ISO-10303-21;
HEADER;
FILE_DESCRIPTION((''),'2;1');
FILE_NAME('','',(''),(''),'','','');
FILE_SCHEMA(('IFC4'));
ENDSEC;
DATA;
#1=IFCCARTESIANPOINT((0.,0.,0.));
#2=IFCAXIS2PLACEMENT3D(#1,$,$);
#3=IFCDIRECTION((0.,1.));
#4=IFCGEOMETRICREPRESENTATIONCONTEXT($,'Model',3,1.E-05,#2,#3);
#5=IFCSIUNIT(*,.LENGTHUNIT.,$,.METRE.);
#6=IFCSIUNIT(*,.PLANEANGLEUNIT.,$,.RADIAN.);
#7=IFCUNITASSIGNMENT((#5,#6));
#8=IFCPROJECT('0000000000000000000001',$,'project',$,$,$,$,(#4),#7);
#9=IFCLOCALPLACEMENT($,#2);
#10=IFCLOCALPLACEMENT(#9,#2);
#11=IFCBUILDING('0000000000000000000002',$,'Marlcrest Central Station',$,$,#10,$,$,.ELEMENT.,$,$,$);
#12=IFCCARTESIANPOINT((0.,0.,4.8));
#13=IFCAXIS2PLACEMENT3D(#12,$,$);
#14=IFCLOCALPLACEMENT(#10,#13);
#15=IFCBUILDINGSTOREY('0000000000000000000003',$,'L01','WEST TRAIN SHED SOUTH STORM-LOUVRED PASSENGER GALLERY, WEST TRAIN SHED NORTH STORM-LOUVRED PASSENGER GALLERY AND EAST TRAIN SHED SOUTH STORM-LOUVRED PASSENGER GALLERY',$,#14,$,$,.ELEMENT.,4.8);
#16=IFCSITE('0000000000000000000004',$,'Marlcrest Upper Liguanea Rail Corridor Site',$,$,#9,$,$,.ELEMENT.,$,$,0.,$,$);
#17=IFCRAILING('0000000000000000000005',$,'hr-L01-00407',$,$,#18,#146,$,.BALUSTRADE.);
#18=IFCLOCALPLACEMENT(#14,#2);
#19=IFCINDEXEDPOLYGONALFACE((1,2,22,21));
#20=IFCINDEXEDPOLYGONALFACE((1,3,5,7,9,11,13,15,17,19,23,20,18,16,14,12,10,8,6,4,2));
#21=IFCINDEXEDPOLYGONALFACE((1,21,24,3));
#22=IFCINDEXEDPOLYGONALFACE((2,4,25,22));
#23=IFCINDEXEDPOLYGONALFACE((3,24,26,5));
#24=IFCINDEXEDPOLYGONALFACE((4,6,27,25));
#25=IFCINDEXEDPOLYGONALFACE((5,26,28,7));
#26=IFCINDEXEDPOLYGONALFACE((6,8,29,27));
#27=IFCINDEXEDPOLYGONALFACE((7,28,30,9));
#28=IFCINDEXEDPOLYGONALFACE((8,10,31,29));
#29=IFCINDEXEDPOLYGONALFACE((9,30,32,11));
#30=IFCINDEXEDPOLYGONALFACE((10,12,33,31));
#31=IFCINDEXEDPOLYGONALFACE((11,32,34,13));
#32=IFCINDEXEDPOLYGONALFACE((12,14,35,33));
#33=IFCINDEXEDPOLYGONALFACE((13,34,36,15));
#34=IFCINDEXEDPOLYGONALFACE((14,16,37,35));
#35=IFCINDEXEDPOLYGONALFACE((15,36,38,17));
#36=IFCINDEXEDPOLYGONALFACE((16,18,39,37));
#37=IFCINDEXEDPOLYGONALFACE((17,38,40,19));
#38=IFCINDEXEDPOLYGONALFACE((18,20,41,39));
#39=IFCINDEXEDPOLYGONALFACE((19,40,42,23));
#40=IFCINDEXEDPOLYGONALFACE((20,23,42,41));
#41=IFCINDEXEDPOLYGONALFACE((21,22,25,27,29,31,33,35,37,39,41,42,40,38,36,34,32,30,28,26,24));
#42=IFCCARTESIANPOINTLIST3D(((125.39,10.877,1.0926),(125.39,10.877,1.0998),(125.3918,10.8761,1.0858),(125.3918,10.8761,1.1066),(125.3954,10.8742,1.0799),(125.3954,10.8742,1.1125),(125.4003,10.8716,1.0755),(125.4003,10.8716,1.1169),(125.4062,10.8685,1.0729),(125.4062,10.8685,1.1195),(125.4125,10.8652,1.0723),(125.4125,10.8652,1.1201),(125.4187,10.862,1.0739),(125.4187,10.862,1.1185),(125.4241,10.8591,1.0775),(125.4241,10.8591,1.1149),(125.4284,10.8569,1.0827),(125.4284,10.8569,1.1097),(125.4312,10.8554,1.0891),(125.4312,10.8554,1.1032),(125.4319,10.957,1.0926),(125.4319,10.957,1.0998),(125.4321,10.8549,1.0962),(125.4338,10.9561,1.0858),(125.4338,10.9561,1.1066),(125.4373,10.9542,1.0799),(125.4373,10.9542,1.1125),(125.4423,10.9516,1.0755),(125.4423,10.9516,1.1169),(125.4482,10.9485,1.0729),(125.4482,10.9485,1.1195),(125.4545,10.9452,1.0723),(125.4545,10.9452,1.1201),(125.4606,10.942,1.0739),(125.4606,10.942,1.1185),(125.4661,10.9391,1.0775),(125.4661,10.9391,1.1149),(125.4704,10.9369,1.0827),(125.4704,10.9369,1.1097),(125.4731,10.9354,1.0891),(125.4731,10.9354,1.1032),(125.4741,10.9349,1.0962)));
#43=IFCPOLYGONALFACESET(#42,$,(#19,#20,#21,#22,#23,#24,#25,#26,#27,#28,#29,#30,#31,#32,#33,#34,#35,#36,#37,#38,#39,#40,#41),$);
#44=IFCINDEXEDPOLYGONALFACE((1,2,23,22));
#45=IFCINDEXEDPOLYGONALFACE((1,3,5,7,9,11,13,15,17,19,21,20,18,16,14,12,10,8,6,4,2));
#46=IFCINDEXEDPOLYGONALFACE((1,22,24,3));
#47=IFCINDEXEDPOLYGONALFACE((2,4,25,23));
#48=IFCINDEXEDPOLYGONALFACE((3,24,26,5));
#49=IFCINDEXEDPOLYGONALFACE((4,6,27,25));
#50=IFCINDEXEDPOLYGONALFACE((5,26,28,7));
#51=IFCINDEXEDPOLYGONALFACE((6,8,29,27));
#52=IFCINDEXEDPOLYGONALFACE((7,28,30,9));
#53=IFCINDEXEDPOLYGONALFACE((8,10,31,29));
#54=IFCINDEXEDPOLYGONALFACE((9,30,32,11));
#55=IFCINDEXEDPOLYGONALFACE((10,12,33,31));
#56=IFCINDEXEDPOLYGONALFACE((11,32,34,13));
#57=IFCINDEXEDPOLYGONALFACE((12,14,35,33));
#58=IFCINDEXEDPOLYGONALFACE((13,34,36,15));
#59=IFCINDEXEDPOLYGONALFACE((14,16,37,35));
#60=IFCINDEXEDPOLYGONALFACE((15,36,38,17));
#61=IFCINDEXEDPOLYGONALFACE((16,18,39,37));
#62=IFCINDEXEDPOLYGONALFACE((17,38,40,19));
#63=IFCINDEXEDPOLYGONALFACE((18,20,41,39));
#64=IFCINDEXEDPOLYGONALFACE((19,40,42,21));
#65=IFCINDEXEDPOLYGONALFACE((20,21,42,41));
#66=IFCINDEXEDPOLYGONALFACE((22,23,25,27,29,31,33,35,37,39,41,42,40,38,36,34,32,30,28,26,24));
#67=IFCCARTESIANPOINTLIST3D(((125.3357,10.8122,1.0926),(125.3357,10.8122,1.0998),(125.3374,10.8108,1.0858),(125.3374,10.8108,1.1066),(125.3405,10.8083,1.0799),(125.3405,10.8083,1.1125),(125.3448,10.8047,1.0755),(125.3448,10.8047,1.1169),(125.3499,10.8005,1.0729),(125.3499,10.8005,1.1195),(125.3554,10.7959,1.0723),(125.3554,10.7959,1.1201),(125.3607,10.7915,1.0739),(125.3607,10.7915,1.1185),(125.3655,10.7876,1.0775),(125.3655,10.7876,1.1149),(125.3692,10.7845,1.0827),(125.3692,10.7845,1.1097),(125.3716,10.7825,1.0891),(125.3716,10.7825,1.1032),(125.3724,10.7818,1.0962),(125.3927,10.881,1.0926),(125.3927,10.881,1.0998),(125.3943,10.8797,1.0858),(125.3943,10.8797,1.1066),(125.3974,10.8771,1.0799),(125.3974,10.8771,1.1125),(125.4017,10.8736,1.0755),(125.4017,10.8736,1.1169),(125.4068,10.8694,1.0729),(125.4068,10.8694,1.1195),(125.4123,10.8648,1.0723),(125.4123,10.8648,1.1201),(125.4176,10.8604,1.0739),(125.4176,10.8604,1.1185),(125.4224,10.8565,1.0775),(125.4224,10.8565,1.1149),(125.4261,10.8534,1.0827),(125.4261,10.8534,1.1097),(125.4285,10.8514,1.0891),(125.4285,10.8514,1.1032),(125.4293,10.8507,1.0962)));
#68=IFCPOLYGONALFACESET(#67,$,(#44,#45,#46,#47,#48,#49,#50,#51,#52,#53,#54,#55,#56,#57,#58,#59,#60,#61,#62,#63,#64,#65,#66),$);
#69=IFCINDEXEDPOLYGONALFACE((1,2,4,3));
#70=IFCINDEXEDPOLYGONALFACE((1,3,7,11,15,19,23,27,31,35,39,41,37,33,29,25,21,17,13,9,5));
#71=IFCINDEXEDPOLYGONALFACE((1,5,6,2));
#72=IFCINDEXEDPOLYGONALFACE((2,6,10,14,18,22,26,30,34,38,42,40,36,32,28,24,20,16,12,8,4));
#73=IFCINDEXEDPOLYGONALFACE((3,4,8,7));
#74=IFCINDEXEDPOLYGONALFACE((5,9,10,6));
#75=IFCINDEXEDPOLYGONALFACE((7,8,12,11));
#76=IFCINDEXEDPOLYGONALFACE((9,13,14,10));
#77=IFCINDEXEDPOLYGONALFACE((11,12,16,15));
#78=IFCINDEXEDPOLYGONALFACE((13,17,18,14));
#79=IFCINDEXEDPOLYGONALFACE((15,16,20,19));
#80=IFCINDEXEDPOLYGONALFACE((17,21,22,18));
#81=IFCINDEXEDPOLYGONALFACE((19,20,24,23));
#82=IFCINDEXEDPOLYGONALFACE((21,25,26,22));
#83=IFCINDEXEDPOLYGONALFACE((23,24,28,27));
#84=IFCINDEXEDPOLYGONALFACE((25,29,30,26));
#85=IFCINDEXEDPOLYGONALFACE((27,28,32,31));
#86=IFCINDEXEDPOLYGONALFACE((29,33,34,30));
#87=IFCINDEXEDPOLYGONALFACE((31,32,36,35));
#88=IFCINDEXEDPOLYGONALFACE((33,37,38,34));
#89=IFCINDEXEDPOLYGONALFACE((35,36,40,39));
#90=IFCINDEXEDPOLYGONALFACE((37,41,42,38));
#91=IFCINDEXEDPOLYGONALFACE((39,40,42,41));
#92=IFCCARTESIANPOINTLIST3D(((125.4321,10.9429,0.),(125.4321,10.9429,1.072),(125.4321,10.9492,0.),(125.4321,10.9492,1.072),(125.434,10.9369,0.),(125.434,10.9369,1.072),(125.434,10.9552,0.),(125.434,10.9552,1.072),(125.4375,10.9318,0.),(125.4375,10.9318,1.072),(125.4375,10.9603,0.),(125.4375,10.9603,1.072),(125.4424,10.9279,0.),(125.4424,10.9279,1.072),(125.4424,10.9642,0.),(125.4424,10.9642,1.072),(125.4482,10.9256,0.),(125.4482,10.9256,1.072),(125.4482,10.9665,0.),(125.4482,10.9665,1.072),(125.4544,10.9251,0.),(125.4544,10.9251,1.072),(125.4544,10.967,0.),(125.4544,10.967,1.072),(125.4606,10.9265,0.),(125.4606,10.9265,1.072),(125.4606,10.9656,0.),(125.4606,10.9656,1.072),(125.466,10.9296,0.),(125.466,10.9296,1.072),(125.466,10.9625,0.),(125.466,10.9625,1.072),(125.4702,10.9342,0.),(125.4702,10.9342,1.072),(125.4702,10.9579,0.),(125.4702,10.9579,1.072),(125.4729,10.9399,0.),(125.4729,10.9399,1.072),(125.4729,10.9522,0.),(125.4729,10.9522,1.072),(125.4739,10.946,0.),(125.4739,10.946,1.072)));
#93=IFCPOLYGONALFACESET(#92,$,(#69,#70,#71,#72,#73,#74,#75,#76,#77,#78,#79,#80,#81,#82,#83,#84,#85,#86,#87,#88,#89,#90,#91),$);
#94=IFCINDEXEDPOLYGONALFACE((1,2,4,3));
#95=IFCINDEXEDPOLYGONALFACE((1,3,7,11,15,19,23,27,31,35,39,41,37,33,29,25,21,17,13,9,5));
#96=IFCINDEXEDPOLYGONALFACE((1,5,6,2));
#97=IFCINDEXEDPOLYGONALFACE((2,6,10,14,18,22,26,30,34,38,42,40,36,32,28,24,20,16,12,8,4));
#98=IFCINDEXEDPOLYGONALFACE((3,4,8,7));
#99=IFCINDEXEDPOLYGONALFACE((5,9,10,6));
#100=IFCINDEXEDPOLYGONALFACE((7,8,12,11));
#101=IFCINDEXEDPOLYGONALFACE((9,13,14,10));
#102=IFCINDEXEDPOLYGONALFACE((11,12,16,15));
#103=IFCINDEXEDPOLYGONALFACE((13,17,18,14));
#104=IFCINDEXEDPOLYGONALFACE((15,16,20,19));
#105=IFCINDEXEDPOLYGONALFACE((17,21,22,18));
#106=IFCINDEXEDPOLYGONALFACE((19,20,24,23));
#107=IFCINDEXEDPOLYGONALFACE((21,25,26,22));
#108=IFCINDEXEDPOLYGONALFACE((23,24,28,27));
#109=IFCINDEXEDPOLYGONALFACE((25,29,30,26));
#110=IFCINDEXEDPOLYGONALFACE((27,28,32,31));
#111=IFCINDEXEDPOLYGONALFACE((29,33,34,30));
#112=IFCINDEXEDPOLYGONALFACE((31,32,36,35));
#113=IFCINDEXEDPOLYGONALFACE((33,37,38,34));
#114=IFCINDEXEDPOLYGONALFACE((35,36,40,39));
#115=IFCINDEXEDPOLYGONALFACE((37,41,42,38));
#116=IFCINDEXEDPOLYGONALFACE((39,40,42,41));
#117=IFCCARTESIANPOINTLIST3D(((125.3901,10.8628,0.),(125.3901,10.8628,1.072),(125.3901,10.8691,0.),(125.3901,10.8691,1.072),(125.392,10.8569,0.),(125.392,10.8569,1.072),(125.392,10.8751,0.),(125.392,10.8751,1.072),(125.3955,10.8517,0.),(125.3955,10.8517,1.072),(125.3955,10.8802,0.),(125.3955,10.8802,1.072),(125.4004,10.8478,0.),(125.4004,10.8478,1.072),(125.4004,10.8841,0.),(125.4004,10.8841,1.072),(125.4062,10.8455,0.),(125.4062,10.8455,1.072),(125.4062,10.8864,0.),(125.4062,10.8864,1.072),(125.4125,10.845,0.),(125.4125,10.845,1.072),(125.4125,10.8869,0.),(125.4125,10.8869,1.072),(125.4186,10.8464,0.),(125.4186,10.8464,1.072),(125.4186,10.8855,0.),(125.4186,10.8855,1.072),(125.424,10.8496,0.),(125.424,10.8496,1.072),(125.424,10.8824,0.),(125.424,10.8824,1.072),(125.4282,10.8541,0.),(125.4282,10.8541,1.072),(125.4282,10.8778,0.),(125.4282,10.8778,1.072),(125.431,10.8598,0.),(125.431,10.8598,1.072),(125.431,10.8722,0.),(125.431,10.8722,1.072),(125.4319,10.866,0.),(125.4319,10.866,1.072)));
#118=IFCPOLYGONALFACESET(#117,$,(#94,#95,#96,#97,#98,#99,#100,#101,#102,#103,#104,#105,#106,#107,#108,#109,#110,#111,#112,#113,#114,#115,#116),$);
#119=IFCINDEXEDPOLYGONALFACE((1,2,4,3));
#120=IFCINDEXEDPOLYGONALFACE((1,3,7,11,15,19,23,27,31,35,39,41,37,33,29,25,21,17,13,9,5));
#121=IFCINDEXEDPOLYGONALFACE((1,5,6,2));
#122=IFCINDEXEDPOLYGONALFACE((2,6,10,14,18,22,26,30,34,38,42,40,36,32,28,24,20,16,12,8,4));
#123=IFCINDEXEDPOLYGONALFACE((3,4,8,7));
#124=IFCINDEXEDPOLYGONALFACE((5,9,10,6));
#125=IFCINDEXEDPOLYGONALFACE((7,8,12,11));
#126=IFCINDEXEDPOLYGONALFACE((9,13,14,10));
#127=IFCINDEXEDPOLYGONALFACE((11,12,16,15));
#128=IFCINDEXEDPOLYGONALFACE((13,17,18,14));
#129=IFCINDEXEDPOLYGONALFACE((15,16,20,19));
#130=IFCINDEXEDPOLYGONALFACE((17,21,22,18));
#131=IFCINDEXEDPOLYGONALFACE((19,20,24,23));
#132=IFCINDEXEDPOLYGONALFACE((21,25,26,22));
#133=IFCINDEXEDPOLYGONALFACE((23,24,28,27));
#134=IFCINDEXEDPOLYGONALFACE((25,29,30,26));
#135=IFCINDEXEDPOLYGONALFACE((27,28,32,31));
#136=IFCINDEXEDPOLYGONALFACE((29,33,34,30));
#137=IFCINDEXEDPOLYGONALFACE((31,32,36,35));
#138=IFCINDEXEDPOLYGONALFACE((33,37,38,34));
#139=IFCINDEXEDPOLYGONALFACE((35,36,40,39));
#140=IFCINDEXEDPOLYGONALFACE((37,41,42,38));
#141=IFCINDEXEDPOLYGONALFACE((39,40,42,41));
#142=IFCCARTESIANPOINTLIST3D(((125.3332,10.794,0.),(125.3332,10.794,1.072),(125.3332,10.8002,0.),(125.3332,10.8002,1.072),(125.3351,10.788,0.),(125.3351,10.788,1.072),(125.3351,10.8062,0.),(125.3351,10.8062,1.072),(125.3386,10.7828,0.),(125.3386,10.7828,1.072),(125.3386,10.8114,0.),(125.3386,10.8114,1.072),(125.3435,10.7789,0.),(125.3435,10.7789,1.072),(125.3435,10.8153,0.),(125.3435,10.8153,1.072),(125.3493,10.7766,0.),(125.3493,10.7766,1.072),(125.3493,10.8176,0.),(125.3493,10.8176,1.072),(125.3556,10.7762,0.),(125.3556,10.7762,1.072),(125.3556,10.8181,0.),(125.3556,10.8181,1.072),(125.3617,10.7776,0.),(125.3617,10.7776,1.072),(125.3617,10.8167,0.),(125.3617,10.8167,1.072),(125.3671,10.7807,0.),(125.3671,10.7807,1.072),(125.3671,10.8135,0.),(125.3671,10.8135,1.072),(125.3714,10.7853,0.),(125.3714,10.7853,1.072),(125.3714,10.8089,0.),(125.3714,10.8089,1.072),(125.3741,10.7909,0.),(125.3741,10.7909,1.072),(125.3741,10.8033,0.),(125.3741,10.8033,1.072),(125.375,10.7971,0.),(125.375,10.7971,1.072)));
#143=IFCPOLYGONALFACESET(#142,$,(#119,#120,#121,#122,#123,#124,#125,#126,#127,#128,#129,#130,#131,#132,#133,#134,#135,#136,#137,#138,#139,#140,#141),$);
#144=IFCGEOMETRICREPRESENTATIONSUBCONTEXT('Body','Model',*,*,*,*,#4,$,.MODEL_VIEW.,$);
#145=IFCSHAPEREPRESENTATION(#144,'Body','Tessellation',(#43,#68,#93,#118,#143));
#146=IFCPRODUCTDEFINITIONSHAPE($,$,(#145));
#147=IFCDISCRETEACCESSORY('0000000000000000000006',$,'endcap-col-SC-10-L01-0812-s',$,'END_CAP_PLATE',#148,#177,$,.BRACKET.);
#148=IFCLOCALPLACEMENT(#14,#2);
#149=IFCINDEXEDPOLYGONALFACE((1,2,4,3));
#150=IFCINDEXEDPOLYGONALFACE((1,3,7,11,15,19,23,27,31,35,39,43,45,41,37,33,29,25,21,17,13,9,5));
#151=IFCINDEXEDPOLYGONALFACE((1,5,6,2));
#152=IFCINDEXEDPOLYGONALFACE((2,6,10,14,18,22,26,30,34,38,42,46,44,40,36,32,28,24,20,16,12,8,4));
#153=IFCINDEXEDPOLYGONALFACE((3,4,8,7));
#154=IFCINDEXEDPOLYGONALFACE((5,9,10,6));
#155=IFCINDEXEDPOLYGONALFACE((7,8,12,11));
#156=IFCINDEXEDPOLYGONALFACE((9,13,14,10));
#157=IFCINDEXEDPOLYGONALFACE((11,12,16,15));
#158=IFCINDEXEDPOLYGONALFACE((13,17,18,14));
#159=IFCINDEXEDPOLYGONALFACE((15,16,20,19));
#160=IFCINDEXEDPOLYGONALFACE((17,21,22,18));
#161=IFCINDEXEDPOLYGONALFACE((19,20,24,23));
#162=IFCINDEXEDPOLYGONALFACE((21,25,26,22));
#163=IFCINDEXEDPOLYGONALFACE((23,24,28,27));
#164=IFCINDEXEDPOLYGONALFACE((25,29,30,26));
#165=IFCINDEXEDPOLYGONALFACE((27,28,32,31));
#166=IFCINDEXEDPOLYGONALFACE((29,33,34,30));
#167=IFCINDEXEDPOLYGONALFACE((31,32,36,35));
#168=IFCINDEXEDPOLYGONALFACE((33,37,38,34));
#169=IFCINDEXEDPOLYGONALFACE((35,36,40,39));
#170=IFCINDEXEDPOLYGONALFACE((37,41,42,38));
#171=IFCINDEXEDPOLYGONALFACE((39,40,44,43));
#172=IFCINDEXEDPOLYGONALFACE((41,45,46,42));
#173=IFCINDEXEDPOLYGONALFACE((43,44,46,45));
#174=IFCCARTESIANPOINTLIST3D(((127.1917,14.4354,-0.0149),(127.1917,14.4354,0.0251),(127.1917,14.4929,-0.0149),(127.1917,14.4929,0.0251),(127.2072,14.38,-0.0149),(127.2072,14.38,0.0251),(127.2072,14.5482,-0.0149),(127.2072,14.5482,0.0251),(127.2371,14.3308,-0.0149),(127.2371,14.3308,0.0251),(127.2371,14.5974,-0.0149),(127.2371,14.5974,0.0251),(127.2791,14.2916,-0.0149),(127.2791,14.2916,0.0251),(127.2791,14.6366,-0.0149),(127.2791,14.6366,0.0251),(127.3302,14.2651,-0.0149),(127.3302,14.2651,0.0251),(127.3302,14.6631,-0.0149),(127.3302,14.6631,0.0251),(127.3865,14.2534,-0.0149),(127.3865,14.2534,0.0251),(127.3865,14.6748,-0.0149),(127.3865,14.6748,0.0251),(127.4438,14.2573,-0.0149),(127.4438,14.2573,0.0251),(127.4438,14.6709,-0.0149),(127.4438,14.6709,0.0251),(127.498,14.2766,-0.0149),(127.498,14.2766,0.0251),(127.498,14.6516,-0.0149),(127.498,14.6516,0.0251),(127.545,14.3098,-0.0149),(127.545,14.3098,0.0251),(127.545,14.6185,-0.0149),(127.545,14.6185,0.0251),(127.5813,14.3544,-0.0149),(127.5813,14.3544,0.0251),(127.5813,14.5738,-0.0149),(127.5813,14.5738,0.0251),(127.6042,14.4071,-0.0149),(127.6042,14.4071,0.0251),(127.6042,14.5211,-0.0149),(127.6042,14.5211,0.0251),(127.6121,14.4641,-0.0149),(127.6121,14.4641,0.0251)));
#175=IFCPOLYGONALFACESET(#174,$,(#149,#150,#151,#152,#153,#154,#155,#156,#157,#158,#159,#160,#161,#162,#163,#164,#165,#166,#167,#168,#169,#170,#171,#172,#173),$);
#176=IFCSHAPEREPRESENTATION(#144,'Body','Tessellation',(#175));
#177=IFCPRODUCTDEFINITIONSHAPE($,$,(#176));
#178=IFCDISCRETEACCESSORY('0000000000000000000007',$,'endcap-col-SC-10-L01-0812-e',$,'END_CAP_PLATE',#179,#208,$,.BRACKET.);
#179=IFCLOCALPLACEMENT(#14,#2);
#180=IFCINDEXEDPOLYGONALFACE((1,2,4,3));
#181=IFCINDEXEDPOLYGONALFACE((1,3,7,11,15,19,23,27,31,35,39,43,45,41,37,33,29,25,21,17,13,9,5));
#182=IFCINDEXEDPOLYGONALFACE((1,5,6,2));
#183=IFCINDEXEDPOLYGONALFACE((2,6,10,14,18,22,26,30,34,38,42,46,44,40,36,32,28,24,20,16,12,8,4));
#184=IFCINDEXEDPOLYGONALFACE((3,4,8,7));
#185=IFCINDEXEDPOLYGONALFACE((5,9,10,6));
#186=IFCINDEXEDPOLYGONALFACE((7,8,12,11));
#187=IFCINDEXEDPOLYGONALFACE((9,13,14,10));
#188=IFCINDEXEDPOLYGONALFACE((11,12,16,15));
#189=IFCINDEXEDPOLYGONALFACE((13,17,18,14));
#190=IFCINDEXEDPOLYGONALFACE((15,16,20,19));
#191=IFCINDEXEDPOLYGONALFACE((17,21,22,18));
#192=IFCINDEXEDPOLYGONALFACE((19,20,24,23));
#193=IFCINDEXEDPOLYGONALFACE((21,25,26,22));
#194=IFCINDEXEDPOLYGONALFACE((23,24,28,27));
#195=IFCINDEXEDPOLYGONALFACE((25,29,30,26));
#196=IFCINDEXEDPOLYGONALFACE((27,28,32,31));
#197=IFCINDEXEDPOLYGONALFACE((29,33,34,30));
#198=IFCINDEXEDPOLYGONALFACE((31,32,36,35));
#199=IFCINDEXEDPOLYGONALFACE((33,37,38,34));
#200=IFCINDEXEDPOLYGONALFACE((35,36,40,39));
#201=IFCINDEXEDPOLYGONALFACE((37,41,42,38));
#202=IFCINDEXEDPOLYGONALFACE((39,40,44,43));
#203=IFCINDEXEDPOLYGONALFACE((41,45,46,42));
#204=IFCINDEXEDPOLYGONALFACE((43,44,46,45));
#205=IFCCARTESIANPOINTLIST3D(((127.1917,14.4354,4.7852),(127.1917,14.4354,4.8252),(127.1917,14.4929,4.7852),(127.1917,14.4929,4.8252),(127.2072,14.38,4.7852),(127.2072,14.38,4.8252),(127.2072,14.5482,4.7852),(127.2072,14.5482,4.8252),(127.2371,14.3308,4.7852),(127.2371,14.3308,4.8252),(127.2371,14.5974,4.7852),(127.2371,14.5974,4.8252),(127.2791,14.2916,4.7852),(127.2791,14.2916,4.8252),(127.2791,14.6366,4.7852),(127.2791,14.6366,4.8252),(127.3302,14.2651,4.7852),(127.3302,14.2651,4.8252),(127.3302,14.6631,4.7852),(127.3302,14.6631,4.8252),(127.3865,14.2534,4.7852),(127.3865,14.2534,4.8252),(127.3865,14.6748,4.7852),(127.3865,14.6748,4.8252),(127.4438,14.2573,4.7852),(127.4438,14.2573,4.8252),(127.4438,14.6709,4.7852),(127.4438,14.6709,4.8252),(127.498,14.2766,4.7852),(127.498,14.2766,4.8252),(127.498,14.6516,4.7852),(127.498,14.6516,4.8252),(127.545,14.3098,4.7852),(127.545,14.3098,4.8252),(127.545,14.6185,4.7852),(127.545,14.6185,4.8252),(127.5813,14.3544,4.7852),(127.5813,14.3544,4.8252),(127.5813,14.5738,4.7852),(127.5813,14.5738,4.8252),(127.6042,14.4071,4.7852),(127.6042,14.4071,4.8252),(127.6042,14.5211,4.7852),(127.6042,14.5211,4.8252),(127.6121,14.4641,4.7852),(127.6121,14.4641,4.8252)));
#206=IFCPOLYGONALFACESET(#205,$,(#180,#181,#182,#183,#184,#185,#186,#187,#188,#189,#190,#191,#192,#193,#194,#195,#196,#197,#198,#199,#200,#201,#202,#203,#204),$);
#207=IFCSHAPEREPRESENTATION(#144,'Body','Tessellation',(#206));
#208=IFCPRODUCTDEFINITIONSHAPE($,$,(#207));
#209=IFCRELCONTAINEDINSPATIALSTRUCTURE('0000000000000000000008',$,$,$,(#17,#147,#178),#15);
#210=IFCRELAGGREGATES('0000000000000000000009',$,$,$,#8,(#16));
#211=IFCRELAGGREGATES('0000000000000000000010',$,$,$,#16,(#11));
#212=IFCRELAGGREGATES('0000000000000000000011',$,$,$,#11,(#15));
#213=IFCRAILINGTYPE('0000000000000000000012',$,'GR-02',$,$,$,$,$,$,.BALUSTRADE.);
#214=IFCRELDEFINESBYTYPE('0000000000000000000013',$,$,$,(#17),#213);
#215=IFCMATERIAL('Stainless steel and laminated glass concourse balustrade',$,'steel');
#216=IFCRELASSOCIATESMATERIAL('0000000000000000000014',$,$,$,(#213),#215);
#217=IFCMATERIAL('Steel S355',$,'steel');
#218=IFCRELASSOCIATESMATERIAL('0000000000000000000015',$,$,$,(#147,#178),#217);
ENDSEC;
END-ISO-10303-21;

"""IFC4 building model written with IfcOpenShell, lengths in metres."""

from ifc_helpers import new_model, si_unit, direction, frame, origin, origin_2d, place, context, subcontext, project, spatial, circle, extrude, material, type_object, element, save


model = new_model("IFC4")

# Units and contexts
model_context = context("Model", 3, precision=1e-05, world=origin(), true_north=direction((0.0, 1.0)))
body_context = subcontext(model_context, "Body", "Model", "MODEL_VIEW")
ifc_project = project(units=[si_unit("LENGTHUNIT", "METRE"), si_unit("PLANEANGLEUNIT", "RADIAN")], contexts=[model_context])

# Site, building, storey
site_placement = place(None, origin())
site = spatial("IfcSite", under=ifc_project, at=site_placement, Name="Marlcrest Upper Liguanea Rail Corridor Site", CompositionType="ELEMENT", RefElevation=0.0)
building_placement = place(site_placement, origin())
building = spatial("IfcBuilding", under=site, at=building_placement, Name="Marlcrest Central Station", CompositionType="ELEMENT")
storey_placement = place(building_placement, frame((0.0, 0.0, 4.8)))
storey = spatial("IfcBuildingStorey", under=building, at=storey_placement, Name="L01", Description="WEST TRAIN SHED SOUTH STORM-LOUVRED PASSENGER GALLERY, WEST TRAIN SHED NORTH STORM-LOUVRED PASSENGER GALLERY AND EAST TRAIN SHED SOUTH STORM-LOUVRED PASSENGER GALLERY", CompositionType="ELEMENT", Elevation=4.8)

# Shared definitions
ifc_material_1 = material(Name="Steel S355", Category="steel")

# Railing
ifc_material_2 = material(Name="Stainless steel and laminated glass concourse balustrade", Category="steel")
railing_type = type_object("IfcRailingType", Name="GR-02", PredefinedType="BALUSTRADE", material=ifc_material_2)
railing_placement = place(storey_placement, frame((125.4529, 10.946, 0.0)))
element("IfcRailing", 1, at=railing_placement, inside=storey, type_object=railing_type, Name="hr-L01-00407", PredefinedType="BALUSTRADE", context=body_context, shape_type="SweptSolid", body=[
    extrude(circle(Radius=0.0239, at=origin_2d()), frame((0.0, 0.0, 1.0962), z_axis=(-0.464411, -0.88562, 0.0), x_axis=(0.88562, -0.464411, 0.0)), (0.0, 0.0, 1.0), 0.0903),
    extrude(circle(Radius=0.0239, at=origin_2d()), frame((-0.042, -0.0801, 1.0962), z_axis=(-0.636952, -0.770903, 0.0), x_axis=(0.770903, -0.636952, 0.0)), (0.0, 0.0, 1.0), 0.0894),
    extrude(circle(Radius=0.021, at=origin_2d()), origin(), (0.0, 0.0, 1.0), 1.072),
    extrude(circle(Radius=0.021, at=origin_2d()), frame((-0.042, -0.0801, 0.0)), (0.0, 0.0, 1.0), 1.072),
    extrude(circle(Radius=0.021, at=origin_2d()), frame((-0.0989, -0.1489, 0.0)), (0.0, 0.0, 1.0), 1.072),
])

# Discrete accessories
for number, where, z_axis, x_axis, name in (
    (2, (127.4009, 14.4641, -0.0149), (0.0, 0.0, 1.0), (1.0, 0.0, 0.0), "endcap-col-SC-10-L01-0812-s"),
    (3, (127.4009, 14.4641, 4.7852), (0.0, 0.0, 1.0), (1.0, 0.0, 0.0), "endcap-col-SC-10-L01-0812-e"),
):
    element("IfcDiscreteAccessory", number, at=place(storey_placement, frame(where, z_axis=z_axis, x_axis=x_axis)), inside=storey, material=ifc_material_1, Name=name, ObjectType="END_CAP_PLATE", PredefinedType="BRACKET", context=body_context, shape_type="SweptSolid", body=[
        extrude(circle(Radius=0.2112, at=origin_2d()), origin(), (0.0, 0.0, 1.0), 0.04),
    ])

save(model, "model.ifc")
